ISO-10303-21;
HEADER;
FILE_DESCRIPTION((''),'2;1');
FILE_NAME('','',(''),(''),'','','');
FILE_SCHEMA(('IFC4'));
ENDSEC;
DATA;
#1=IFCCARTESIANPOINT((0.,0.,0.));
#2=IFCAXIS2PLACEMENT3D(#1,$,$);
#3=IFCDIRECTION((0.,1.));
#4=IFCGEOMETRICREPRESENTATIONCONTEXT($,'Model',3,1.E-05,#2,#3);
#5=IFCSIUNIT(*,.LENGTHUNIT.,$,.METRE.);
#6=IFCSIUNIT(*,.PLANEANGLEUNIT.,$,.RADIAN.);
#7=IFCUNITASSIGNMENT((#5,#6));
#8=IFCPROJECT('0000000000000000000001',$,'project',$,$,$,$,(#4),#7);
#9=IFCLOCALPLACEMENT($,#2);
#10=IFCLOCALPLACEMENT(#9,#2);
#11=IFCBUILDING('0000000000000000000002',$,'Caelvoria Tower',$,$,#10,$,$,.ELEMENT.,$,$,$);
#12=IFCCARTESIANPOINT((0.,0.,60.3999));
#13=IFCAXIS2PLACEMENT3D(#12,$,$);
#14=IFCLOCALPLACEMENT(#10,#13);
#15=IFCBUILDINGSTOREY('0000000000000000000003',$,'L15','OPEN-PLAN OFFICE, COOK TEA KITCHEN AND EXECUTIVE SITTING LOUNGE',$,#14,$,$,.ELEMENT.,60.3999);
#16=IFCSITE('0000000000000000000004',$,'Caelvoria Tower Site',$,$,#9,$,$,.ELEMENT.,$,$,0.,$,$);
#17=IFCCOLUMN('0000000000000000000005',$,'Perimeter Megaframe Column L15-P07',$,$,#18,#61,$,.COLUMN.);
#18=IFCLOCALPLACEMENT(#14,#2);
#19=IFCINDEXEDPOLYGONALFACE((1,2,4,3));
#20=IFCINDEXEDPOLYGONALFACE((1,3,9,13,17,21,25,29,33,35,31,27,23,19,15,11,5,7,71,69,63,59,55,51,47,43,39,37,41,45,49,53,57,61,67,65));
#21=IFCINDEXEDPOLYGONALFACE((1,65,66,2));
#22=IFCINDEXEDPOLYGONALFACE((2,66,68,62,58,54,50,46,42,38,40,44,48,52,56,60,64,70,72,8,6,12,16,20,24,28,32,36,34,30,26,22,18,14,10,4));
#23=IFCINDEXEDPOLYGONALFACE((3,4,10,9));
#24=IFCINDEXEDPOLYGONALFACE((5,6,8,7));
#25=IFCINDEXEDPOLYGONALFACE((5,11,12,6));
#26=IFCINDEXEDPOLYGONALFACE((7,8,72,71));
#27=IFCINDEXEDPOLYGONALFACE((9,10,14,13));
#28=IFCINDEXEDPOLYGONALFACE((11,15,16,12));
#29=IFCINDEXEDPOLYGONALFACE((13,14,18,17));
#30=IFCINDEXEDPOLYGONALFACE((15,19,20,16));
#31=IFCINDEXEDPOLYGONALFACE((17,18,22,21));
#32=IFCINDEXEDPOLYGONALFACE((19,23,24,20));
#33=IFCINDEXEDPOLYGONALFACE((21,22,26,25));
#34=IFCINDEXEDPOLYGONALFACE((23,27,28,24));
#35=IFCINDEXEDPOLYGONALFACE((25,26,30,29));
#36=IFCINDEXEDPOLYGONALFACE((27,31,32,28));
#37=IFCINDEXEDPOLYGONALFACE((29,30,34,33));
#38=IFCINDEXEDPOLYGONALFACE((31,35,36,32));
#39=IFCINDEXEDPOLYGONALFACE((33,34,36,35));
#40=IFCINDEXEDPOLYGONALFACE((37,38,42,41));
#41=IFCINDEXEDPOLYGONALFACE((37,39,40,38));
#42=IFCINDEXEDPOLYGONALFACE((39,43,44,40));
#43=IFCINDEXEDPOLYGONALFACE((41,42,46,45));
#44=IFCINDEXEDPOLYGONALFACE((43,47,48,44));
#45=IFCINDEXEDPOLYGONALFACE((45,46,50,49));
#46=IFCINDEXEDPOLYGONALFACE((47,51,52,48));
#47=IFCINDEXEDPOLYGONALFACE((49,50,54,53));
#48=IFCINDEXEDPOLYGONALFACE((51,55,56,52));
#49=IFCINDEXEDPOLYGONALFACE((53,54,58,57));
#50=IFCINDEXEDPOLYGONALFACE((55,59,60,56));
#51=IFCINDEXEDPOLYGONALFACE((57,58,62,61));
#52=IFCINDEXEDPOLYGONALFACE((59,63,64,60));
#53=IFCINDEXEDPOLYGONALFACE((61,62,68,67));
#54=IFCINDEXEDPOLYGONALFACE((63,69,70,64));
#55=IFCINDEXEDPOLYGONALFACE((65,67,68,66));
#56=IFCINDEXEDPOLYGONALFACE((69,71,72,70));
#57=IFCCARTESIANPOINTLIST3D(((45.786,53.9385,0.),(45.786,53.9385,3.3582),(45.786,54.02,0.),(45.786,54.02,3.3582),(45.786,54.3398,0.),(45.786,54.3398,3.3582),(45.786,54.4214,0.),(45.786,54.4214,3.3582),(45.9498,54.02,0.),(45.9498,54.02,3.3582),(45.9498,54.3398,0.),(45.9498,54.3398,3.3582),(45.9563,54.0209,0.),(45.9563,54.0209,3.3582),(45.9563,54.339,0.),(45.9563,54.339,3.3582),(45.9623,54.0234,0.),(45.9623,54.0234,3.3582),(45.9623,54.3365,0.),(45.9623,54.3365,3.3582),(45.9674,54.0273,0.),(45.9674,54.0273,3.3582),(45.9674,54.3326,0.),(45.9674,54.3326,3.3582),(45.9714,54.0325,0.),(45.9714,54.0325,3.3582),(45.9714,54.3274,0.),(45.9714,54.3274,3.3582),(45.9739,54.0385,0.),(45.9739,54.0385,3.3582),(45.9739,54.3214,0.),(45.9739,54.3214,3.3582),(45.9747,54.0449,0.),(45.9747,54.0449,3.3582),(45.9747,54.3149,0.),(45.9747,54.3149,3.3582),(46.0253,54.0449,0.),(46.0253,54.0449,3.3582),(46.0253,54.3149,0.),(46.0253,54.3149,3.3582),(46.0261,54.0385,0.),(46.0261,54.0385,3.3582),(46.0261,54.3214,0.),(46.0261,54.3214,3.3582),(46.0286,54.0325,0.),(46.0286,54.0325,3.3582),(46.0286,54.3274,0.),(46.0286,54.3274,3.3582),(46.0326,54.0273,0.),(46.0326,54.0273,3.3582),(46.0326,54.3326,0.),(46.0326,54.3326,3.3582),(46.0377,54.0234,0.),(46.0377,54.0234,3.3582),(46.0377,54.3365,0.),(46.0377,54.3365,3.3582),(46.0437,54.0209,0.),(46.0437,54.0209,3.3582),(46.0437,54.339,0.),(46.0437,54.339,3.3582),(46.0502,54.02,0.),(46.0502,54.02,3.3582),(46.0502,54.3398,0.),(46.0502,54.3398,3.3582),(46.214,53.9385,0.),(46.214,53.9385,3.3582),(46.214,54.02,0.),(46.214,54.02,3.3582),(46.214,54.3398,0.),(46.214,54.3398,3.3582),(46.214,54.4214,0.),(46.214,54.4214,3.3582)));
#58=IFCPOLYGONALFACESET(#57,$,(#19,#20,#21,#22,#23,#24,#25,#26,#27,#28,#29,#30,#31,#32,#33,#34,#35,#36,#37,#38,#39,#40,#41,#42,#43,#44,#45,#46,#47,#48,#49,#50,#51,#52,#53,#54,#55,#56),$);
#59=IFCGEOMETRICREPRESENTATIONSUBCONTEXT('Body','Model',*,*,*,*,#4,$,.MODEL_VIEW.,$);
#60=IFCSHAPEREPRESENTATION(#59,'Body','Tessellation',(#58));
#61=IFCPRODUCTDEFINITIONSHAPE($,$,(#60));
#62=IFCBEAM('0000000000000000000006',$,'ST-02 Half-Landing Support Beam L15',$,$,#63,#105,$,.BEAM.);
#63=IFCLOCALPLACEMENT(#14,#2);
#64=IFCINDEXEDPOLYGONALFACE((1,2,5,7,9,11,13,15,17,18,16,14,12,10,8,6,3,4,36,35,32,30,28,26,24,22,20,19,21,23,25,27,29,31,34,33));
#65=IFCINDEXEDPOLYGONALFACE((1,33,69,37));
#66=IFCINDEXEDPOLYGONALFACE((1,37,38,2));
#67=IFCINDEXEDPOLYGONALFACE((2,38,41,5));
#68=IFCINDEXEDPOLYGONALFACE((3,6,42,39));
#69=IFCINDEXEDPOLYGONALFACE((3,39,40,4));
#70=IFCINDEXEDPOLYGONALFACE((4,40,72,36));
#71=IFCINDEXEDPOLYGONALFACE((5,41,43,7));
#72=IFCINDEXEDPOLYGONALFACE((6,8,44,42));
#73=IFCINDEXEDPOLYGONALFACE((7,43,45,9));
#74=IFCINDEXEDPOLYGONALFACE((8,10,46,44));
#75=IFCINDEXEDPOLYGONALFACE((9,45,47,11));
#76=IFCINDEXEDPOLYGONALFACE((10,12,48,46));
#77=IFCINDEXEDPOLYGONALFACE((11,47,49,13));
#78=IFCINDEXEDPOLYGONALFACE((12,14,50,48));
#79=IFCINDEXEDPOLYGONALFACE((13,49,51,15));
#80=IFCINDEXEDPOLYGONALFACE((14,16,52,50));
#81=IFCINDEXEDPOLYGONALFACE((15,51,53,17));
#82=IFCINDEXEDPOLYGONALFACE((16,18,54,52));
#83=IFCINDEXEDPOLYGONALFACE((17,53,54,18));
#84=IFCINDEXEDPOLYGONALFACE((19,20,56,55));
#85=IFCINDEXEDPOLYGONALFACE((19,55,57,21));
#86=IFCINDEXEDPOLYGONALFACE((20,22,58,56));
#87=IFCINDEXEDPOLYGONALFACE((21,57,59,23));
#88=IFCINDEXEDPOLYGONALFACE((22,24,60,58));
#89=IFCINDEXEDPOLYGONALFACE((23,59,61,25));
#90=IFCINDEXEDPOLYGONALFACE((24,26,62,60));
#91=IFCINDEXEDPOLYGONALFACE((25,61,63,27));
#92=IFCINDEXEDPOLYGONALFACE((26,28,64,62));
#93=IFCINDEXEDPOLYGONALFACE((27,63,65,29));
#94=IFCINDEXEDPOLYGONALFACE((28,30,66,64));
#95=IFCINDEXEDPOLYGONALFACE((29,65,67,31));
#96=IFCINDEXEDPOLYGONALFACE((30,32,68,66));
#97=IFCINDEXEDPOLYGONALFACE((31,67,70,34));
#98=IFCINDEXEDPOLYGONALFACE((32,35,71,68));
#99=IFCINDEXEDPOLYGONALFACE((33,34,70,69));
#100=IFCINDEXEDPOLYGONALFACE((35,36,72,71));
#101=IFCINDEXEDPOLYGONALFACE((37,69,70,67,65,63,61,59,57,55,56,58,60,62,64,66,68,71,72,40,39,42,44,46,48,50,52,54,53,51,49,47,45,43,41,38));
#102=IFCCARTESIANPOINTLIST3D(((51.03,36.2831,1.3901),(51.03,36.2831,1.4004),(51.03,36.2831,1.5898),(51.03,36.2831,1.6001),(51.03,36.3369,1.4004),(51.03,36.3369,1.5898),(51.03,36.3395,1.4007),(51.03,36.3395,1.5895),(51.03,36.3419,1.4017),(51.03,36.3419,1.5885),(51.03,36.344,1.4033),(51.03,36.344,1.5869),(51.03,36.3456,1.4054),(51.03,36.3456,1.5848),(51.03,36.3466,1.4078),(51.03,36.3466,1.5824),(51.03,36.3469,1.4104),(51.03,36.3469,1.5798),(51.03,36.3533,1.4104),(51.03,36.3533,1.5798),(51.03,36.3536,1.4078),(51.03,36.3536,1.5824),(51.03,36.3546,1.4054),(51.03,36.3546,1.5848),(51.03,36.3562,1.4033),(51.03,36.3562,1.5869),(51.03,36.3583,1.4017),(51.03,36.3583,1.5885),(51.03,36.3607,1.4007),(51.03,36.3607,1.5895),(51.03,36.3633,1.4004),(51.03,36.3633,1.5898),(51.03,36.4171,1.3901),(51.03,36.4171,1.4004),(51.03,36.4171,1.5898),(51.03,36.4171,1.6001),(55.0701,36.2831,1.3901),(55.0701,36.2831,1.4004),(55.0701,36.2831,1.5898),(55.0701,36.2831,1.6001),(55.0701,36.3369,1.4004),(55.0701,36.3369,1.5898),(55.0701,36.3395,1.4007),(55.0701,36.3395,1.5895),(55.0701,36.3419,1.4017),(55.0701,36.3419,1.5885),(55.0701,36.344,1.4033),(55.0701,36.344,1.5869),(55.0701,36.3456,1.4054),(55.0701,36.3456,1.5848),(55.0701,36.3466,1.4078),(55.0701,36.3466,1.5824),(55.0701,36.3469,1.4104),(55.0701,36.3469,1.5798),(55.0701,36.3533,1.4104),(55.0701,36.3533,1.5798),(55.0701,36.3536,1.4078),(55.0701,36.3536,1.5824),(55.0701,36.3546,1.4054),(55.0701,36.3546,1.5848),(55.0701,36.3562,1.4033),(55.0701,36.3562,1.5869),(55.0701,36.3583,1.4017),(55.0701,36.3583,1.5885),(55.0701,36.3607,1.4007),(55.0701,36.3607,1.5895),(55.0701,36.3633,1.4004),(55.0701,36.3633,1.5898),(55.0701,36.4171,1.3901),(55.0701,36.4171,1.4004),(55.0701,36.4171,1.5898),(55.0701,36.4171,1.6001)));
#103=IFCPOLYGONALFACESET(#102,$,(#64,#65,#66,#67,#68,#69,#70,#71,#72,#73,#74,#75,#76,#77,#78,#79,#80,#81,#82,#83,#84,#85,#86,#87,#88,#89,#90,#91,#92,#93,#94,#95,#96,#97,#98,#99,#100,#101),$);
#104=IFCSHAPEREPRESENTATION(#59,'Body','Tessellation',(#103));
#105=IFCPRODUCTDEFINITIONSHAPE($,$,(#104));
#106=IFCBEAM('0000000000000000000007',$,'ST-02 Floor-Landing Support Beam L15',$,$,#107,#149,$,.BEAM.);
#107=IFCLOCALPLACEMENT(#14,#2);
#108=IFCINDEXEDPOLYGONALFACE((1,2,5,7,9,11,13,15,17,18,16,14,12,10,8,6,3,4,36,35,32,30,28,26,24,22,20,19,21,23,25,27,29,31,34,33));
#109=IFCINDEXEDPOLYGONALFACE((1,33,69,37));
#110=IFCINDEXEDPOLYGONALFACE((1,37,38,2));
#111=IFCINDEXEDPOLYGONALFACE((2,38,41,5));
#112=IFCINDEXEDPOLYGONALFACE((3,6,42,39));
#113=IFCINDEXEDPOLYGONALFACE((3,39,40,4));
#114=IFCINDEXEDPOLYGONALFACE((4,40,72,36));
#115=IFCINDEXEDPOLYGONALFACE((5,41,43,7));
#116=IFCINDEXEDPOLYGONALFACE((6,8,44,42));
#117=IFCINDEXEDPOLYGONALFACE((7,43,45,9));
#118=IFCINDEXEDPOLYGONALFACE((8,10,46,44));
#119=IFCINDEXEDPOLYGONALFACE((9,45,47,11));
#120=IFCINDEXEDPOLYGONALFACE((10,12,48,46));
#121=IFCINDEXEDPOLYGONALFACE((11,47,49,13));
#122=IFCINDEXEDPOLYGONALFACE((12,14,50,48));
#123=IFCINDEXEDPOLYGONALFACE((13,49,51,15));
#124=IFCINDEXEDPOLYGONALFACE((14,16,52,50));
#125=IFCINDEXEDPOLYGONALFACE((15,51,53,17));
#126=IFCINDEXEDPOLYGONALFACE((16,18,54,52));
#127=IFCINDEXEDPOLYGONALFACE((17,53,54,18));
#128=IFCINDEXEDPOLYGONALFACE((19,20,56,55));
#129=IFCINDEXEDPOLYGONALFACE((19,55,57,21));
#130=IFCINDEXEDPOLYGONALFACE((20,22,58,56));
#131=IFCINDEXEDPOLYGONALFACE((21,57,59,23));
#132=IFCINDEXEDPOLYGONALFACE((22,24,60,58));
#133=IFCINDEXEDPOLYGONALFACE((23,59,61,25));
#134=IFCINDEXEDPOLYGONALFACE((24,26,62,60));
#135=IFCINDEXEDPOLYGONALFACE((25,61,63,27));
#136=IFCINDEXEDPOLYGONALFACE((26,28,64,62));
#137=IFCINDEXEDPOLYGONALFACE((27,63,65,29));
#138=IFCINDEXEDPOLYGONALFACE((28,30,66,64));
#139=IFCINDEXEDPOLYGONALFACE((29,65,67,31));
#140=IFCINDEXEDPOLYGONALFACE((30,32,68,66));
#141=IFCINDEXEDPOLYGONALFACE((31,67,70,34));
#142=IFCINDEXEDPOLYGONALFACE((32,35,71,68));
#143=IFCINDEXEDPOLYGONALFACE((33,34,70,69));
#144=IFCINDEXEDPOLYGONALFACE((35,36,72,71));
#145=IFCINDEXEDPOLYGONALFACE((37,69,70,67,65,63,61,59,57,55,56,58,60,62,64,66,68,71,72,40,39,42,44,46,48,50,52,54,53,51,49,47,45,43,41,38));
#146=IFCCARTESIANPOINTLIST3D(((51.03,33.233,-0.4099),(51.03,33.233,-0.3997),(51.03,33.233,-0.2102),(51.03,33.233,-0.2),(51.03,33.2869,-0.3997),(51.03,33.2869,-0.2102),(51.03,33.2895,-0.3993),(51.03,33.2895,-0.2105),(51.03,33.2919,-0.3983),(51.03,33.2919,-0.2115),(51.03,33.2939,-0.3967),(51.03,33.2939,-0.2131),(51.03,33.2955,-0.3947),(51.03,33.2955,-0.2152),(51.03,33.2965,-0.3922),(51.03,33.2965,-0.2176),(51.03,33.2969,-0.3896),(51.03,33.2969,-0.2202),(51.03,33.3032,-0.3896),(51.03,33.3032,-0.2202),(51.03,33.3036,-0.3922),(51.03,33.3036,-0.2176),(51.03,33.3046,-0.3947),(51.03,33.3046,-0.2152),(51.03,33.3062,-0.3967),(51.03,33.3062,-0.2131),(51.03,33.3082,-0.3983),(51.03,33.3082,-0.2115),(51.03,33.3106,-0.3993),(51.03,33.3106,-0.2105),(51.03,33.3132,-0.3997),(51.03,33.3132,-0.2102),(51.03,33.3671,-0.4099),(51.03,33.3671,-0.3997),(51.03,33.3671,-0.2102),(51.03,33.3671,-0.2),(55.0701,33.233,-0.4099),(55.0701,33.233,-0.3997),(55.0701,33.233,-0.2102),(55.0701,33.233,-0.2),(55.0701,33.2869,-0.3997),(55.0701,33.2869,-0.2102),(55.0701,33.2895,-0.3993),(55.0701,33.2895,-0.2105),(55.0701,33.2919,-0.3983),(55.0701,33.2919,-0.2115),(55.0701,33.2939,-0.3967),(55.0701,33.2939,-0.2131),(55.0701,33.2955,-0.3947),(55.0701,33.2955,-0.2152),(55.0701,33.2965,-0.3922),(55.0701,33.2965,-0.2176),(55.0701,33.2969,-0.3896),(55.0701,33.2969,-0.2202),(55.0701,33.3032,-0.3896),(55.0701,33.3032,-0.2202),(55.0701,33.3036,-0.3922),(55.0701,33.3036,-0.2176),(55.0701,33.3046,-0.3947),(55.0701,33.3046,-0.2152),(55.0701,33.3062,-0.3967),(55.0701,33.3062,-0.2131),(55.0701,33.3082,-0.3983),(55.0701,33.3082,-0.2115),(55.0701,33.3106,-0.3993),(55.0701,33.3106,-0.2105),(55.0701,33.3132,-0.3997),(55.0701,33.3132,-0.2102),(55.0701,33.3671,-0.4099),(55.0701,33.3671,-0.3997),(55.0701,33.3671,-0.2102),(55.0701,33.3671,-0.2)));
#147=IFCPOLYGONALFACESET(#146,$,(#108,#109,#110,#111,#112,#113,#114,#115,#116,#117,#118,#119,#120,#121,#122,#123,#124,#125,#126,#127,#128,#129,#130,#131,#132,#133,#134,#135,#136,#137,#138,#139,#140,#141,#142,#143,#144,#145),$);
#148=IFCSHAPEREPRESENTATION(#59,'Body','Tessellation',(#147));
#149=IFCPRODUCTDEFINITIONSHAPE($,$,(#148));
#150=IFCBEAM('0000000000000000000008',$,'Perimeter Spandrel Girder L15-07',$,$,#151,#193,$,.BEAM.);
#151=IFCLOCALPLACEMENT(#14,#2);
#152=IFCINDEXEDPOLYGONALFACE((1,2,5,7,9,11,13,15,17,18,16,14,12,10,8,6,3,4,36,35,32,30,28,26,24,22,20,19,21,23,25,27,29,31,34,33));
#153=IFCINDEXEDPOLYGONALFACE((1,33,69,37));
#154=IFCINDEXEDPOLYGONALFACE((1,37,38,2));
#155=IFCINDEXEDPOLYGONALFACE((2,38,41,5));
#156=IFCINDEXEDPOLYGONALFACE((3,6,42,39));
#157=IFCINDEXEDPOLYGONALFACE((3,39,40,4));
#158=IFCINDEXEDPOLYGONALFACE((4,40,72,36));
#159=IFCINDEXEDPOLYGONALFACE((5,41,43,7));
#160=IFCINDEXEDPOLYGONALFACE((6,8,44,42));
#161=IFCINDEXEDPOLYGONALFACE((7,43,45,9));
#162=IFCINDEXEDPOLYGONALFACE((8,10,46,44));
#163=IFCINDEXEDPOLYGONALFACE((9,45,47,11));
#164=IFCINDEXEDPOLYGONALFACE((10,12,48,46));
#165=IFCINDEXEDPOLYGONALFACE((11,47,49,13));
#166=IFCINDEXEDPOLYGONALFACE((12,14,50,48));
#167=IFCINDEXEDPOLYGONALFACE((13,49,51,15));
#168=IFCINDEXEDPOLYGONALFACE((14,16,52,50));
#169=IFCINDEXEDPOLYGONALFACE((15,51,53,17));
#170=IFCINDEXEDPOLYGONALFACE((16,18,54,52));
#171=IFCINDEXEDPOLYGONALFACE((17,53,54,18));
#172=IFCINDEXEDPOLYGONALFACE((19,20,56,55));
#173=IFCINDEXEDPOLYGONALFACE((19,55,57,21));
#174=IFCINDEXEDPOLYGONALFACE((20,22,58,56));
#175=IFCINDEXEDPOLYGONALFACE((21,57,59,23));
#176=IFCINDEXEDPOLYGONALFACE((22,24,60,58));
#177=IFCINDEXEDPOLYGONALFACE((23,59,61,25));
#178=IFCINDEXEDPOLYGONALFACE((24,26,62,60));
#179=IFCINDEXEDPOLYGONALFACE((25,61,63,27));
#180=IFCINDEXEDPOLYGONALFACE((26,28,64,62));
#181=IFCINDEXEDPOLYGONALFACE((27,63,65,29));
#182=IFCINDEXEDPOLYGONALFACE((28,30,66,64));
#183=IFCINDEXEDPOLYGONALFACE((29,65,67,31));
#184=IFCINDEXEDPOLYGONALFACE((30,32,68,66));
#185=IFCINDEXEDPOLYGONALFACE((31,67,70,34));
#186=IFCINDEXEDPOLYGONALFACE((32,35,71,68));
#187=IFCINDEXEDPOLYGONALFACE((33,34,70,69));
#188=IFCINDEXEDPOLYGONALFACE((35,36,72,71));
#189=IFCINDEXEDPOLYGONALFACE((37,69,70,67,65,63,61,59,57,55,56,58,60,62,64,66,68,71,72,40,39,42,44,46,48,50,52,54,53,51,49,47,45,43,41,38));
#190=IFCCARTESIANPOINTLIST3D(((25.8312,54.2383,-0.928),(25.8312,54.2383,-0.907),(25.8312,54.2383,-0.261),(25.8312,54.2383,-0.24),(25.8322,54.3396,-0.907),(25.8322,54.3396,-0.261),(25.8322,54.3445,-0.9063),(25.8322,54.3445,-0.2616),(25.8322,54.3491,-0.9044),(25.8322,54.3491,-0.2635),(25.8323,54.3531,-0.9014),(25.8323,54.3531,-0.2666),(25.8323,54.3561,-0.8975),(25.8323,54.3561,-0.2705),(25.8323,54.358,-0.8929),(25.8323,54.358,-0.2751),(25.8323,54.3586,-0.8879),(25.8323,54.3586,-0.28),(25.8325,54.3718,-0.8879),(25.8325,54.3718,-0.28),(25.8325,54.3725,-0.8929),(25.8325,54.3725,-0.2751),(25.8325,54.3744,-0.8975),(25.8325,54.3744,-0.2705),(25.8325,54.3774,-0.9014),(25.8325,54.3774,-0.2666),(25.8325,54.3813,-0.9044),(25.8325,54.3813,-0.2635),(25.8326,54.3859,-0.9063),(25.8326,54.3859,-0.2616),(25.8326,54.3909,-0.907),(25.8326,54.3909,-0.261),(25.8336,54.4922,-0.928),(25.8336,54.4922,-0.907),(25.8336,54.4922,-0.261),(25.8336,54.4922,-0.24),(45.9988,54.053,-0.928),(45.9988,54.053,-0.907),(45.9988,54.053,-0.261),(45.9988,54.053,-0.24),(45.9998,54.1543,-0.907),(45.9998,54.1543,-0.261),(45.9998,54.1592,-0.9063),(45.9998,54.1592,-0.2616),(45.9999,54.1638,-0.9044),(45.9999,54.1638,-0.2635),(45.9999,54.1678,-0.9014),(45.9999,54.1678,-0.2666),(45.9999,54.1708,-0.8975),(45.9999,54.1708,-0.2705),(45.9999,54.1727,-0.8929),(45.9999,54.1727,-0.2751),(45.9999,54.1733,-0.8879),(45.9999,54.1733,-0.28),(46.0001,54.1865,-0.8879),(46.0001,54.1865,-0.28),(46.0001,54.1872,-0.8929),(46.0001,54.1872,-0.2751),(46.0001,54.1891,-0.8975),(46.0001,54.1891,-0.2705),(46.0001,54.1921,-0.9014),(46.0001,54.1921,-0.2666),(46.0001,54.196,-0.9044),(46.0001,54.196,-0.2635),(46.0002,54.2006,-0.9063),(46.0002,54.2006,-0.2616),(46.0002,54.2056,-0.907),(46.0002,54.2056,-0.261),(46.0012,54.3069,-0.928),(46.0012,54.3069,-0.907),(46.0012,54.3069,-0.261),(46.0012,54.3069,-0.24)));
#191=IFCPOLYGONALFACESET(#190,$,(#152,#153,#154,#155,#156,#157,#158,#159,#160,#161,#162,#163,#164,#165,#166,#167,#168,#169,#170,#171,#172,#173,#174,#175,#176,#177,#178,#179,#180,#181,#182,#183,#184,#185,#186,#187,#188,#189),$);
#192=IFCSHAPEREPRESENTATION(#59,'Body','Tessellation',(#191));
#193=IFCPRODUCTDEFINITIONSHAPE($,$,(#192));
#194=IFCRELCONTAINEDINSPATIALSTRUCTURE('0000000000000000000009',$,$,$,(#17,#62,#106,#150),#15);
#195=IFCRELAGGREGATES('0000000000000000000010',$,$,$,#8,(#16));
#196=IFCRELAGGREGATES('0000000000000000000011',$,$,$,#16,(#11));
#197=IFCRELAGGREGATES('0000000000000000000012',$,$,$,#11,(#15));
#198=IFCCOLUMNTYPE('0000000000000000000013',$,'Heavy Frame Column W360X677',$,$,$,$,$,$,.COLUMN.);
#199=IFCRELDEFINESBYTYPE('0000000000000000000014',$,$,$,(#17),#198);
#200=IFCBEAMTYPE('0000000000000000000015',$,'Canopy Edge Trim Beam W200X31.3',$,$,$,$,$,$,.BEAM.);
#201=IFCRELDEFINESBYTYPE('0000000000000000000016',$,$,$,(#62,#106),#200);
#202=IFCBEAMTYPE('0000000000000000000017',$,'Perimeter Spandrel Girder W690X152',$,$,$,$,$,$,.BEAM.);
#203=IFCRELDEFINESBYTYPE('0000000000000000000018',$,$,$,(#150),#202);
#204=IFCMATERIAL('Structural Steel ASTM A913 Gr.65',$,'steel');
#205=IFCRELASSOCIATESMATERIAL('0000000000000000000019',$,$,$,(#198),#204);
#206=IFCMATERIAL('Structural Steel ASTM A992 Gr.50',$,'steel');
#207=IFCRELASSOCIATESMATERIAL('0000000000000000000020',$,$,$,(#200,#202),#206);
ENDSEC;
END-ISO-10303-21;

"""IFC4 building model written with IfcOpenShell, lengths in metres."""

from ifc_helpers import new_model, si_unit, direction, frame, origin, origin_2d, place, context, subcontext, project, spatial, i_section, extrude, material, material_profile, profile_set, type_object, element, save


model = new_model("IFC4")

# Units and contexts
model_context = context("Model", 3, precision=1e-05, world=origin(), true_north=direction((0.0, 1.0)))
body_context = subcontext(model_context, "Body", "Model", "MODEL_VIEW")
ifc_project = project(units=[si_unit("LENGTHUNIT", "METRE"), si_unit("PLANEANGLEUNIT", "RADIAN")], contexts=[model_context])

# Site, building, storey
site_placement = place(None, origin())
site = spatial("IfcSite", under=ifc_project, at=site_placement, Name="Caelvoria Tower Site", CompositionType="ELEMENT", RefElevation=0.0)
building_placement = place(site_placement, origin())
building = spatial("IfcBuilding", under=site, at=building_placement, Name="Caelvoria Tower", CompositionType="ELEMENT")
storey_placement = place(building_placement, frame((0.0, 0.0, 60.3999)))
storey = spatial("IfcBuildingStorey", under=building, at=storey_placement, Name="L15", Description="OPEN-PLAN OFFICE, COOK TEA KITCHEN AND EXECUTIVE SITTING LOUNGE", CompositionType="ELEMENT", Elevation=60.3999)

# Column
ifc_material_1 = material(Name="Structural Steel ASTM A913 Gr.65", Category="steel")
ifc_material_profile_1 = material_profile(ifc_material_1, i_section(OverallWidth=0.428, OverallDepth=0.4829, WebThickness=0.0505, FlangeThickness=0.0815, FilletRadius=0.0249, at=origin_2d()), Name="Structural Steel ASTM A913 Gr.65")
ifc_profile_set_1 = profile_set([ifc_material_profile_1], Name="W360X677 - Structural Steel ASTM A913 Gr.65")
column_type = type_object("IfcColumnType", Name="Heavy Frame Column W360X677", PredefinedType="COLUMN", material=ifc_profile_set_1)
column_placement = place(storey_placement, frame((46.0, 54.1799, 0.0), z_axis=(0.0, 0.0, 1.0), x_axis=(1.0, 0.0, 0.0)))
element("IfcColumn", 1, at=column_placement, inside=storey, type_object=column_type, Name="Perimeter Megaframe Column L15-P07", PredefinedType="COLUMN", context=body_context, shape_type="SweptSolid", body=[
    extrude(i_section(OverallWidth=0.428, OverallDepth=0.4829, WebThickness=0.0505, FlangeThickness=0.0815, FilletRadius=0.0249, at=origin_2d()), origin(), (0.0, 0.0, 1.0), 3.3582),
])

# Beams
ifc_material_2 = material(Name="Structural Steel ASTM A992 Gr.50", Category="steel")
ifc_material_profile_2 = material_profile(ifc_material_2, i_section(OverallWidth=0.134, OverallDepth=0.21, WebThickness=0.0063, FlangeThickness=0.0103, FilletRadius=0.01, at=origin_2d()), Name="Structural Steel ASTM A992 Gr.50")
ifc_profile_set_2 = profile_set([ifc_material_profile_2], Name="W200X31.3 - Structural Steel ASTM A992 Gr.50")
beam_type_1 = type_object("IfcBeamType", Name="Canopy Edge Trim Beam W200X31.3", PredefinedType="BEAM", material=ifc_profile_set_2)
for number, where, z_axis, x_axis, name in (
    (2, (51.03, 36.3501, 1.4951), (1.0, 0.0, 0.0), (0.0, 1.0, 0.0), "ST-02 Half-Landing Support Beam L15"),
    (3, (51.03, 33.3, -0.3049), (1.0, 0.0, 0.0), (0.0, 1.0, 0.0), "ST-02 Floor-Landing Support Beam L15"),
):
    element("IfcBeam", number, at=place(storey_placement, frame(where, z_axis=z_axis, x_axis=x_axis)), inside=storey, type_object=beam_type_1, Name=name, PredefinedType="BEAM", context=body_context, shape_type="SweptSolid", body=[
        extrude(i_section(OverallWidth=0.134, OverallDepth=0.21, WebThickness=0.0063, FlangeThickness=0.0103, FilletRadius=0.01, at=origin_2d()), origin(), (0.0, 0.0, 1.0), 4.04),
    ])
ifc_material_profile_3 = material_profile(ifc_material_2, i_section(OverallWidth=0.2539, OverallDepth=0.688, WebThickness=0.0132, FlangeThickness=0.021, FilletRadius=0.019, at=origin_2d()), Name="Structural Steel ASTM A992 Gr.50")
ifc_profile_set_3 = profile_set([ifc_material_profile_3], Name="W690X152 - Structural Steel ASTM A992 Gr.50")
beam_type_2 = type_object("IfcBeamType", Name="Perimeter Spandrel Girder W690X152", PredefinedType="BEAM", material=ifc_profile_set_3)
beam_1_placement = place(storey_placement, frame((46.0, 54.1799, -0.584), z_axis=(-0.999958, 0.009188, 0.0), x_axis=(-0.009188, -0.999958, 0.0)))
element("IfcBeam", 4, at=beam_1_placement, inside=storey, type_object=beam_type_2, Name="Perimeter Spandrel Girder L15-07", PredefinedType="BEAM", context=body_context, shape_type="SweptSolid", body=[
    extrude(i_section(OverallWidth=0.2539, OverallDepth=0.688, WebThickness=0.0132, FlangeThickness=0.021, FilletRadius=0.019, at=origin_2d()), origin(), (0.0, 0.0, 1.0), 20.1685),
])

save(model, "model.ifc")
